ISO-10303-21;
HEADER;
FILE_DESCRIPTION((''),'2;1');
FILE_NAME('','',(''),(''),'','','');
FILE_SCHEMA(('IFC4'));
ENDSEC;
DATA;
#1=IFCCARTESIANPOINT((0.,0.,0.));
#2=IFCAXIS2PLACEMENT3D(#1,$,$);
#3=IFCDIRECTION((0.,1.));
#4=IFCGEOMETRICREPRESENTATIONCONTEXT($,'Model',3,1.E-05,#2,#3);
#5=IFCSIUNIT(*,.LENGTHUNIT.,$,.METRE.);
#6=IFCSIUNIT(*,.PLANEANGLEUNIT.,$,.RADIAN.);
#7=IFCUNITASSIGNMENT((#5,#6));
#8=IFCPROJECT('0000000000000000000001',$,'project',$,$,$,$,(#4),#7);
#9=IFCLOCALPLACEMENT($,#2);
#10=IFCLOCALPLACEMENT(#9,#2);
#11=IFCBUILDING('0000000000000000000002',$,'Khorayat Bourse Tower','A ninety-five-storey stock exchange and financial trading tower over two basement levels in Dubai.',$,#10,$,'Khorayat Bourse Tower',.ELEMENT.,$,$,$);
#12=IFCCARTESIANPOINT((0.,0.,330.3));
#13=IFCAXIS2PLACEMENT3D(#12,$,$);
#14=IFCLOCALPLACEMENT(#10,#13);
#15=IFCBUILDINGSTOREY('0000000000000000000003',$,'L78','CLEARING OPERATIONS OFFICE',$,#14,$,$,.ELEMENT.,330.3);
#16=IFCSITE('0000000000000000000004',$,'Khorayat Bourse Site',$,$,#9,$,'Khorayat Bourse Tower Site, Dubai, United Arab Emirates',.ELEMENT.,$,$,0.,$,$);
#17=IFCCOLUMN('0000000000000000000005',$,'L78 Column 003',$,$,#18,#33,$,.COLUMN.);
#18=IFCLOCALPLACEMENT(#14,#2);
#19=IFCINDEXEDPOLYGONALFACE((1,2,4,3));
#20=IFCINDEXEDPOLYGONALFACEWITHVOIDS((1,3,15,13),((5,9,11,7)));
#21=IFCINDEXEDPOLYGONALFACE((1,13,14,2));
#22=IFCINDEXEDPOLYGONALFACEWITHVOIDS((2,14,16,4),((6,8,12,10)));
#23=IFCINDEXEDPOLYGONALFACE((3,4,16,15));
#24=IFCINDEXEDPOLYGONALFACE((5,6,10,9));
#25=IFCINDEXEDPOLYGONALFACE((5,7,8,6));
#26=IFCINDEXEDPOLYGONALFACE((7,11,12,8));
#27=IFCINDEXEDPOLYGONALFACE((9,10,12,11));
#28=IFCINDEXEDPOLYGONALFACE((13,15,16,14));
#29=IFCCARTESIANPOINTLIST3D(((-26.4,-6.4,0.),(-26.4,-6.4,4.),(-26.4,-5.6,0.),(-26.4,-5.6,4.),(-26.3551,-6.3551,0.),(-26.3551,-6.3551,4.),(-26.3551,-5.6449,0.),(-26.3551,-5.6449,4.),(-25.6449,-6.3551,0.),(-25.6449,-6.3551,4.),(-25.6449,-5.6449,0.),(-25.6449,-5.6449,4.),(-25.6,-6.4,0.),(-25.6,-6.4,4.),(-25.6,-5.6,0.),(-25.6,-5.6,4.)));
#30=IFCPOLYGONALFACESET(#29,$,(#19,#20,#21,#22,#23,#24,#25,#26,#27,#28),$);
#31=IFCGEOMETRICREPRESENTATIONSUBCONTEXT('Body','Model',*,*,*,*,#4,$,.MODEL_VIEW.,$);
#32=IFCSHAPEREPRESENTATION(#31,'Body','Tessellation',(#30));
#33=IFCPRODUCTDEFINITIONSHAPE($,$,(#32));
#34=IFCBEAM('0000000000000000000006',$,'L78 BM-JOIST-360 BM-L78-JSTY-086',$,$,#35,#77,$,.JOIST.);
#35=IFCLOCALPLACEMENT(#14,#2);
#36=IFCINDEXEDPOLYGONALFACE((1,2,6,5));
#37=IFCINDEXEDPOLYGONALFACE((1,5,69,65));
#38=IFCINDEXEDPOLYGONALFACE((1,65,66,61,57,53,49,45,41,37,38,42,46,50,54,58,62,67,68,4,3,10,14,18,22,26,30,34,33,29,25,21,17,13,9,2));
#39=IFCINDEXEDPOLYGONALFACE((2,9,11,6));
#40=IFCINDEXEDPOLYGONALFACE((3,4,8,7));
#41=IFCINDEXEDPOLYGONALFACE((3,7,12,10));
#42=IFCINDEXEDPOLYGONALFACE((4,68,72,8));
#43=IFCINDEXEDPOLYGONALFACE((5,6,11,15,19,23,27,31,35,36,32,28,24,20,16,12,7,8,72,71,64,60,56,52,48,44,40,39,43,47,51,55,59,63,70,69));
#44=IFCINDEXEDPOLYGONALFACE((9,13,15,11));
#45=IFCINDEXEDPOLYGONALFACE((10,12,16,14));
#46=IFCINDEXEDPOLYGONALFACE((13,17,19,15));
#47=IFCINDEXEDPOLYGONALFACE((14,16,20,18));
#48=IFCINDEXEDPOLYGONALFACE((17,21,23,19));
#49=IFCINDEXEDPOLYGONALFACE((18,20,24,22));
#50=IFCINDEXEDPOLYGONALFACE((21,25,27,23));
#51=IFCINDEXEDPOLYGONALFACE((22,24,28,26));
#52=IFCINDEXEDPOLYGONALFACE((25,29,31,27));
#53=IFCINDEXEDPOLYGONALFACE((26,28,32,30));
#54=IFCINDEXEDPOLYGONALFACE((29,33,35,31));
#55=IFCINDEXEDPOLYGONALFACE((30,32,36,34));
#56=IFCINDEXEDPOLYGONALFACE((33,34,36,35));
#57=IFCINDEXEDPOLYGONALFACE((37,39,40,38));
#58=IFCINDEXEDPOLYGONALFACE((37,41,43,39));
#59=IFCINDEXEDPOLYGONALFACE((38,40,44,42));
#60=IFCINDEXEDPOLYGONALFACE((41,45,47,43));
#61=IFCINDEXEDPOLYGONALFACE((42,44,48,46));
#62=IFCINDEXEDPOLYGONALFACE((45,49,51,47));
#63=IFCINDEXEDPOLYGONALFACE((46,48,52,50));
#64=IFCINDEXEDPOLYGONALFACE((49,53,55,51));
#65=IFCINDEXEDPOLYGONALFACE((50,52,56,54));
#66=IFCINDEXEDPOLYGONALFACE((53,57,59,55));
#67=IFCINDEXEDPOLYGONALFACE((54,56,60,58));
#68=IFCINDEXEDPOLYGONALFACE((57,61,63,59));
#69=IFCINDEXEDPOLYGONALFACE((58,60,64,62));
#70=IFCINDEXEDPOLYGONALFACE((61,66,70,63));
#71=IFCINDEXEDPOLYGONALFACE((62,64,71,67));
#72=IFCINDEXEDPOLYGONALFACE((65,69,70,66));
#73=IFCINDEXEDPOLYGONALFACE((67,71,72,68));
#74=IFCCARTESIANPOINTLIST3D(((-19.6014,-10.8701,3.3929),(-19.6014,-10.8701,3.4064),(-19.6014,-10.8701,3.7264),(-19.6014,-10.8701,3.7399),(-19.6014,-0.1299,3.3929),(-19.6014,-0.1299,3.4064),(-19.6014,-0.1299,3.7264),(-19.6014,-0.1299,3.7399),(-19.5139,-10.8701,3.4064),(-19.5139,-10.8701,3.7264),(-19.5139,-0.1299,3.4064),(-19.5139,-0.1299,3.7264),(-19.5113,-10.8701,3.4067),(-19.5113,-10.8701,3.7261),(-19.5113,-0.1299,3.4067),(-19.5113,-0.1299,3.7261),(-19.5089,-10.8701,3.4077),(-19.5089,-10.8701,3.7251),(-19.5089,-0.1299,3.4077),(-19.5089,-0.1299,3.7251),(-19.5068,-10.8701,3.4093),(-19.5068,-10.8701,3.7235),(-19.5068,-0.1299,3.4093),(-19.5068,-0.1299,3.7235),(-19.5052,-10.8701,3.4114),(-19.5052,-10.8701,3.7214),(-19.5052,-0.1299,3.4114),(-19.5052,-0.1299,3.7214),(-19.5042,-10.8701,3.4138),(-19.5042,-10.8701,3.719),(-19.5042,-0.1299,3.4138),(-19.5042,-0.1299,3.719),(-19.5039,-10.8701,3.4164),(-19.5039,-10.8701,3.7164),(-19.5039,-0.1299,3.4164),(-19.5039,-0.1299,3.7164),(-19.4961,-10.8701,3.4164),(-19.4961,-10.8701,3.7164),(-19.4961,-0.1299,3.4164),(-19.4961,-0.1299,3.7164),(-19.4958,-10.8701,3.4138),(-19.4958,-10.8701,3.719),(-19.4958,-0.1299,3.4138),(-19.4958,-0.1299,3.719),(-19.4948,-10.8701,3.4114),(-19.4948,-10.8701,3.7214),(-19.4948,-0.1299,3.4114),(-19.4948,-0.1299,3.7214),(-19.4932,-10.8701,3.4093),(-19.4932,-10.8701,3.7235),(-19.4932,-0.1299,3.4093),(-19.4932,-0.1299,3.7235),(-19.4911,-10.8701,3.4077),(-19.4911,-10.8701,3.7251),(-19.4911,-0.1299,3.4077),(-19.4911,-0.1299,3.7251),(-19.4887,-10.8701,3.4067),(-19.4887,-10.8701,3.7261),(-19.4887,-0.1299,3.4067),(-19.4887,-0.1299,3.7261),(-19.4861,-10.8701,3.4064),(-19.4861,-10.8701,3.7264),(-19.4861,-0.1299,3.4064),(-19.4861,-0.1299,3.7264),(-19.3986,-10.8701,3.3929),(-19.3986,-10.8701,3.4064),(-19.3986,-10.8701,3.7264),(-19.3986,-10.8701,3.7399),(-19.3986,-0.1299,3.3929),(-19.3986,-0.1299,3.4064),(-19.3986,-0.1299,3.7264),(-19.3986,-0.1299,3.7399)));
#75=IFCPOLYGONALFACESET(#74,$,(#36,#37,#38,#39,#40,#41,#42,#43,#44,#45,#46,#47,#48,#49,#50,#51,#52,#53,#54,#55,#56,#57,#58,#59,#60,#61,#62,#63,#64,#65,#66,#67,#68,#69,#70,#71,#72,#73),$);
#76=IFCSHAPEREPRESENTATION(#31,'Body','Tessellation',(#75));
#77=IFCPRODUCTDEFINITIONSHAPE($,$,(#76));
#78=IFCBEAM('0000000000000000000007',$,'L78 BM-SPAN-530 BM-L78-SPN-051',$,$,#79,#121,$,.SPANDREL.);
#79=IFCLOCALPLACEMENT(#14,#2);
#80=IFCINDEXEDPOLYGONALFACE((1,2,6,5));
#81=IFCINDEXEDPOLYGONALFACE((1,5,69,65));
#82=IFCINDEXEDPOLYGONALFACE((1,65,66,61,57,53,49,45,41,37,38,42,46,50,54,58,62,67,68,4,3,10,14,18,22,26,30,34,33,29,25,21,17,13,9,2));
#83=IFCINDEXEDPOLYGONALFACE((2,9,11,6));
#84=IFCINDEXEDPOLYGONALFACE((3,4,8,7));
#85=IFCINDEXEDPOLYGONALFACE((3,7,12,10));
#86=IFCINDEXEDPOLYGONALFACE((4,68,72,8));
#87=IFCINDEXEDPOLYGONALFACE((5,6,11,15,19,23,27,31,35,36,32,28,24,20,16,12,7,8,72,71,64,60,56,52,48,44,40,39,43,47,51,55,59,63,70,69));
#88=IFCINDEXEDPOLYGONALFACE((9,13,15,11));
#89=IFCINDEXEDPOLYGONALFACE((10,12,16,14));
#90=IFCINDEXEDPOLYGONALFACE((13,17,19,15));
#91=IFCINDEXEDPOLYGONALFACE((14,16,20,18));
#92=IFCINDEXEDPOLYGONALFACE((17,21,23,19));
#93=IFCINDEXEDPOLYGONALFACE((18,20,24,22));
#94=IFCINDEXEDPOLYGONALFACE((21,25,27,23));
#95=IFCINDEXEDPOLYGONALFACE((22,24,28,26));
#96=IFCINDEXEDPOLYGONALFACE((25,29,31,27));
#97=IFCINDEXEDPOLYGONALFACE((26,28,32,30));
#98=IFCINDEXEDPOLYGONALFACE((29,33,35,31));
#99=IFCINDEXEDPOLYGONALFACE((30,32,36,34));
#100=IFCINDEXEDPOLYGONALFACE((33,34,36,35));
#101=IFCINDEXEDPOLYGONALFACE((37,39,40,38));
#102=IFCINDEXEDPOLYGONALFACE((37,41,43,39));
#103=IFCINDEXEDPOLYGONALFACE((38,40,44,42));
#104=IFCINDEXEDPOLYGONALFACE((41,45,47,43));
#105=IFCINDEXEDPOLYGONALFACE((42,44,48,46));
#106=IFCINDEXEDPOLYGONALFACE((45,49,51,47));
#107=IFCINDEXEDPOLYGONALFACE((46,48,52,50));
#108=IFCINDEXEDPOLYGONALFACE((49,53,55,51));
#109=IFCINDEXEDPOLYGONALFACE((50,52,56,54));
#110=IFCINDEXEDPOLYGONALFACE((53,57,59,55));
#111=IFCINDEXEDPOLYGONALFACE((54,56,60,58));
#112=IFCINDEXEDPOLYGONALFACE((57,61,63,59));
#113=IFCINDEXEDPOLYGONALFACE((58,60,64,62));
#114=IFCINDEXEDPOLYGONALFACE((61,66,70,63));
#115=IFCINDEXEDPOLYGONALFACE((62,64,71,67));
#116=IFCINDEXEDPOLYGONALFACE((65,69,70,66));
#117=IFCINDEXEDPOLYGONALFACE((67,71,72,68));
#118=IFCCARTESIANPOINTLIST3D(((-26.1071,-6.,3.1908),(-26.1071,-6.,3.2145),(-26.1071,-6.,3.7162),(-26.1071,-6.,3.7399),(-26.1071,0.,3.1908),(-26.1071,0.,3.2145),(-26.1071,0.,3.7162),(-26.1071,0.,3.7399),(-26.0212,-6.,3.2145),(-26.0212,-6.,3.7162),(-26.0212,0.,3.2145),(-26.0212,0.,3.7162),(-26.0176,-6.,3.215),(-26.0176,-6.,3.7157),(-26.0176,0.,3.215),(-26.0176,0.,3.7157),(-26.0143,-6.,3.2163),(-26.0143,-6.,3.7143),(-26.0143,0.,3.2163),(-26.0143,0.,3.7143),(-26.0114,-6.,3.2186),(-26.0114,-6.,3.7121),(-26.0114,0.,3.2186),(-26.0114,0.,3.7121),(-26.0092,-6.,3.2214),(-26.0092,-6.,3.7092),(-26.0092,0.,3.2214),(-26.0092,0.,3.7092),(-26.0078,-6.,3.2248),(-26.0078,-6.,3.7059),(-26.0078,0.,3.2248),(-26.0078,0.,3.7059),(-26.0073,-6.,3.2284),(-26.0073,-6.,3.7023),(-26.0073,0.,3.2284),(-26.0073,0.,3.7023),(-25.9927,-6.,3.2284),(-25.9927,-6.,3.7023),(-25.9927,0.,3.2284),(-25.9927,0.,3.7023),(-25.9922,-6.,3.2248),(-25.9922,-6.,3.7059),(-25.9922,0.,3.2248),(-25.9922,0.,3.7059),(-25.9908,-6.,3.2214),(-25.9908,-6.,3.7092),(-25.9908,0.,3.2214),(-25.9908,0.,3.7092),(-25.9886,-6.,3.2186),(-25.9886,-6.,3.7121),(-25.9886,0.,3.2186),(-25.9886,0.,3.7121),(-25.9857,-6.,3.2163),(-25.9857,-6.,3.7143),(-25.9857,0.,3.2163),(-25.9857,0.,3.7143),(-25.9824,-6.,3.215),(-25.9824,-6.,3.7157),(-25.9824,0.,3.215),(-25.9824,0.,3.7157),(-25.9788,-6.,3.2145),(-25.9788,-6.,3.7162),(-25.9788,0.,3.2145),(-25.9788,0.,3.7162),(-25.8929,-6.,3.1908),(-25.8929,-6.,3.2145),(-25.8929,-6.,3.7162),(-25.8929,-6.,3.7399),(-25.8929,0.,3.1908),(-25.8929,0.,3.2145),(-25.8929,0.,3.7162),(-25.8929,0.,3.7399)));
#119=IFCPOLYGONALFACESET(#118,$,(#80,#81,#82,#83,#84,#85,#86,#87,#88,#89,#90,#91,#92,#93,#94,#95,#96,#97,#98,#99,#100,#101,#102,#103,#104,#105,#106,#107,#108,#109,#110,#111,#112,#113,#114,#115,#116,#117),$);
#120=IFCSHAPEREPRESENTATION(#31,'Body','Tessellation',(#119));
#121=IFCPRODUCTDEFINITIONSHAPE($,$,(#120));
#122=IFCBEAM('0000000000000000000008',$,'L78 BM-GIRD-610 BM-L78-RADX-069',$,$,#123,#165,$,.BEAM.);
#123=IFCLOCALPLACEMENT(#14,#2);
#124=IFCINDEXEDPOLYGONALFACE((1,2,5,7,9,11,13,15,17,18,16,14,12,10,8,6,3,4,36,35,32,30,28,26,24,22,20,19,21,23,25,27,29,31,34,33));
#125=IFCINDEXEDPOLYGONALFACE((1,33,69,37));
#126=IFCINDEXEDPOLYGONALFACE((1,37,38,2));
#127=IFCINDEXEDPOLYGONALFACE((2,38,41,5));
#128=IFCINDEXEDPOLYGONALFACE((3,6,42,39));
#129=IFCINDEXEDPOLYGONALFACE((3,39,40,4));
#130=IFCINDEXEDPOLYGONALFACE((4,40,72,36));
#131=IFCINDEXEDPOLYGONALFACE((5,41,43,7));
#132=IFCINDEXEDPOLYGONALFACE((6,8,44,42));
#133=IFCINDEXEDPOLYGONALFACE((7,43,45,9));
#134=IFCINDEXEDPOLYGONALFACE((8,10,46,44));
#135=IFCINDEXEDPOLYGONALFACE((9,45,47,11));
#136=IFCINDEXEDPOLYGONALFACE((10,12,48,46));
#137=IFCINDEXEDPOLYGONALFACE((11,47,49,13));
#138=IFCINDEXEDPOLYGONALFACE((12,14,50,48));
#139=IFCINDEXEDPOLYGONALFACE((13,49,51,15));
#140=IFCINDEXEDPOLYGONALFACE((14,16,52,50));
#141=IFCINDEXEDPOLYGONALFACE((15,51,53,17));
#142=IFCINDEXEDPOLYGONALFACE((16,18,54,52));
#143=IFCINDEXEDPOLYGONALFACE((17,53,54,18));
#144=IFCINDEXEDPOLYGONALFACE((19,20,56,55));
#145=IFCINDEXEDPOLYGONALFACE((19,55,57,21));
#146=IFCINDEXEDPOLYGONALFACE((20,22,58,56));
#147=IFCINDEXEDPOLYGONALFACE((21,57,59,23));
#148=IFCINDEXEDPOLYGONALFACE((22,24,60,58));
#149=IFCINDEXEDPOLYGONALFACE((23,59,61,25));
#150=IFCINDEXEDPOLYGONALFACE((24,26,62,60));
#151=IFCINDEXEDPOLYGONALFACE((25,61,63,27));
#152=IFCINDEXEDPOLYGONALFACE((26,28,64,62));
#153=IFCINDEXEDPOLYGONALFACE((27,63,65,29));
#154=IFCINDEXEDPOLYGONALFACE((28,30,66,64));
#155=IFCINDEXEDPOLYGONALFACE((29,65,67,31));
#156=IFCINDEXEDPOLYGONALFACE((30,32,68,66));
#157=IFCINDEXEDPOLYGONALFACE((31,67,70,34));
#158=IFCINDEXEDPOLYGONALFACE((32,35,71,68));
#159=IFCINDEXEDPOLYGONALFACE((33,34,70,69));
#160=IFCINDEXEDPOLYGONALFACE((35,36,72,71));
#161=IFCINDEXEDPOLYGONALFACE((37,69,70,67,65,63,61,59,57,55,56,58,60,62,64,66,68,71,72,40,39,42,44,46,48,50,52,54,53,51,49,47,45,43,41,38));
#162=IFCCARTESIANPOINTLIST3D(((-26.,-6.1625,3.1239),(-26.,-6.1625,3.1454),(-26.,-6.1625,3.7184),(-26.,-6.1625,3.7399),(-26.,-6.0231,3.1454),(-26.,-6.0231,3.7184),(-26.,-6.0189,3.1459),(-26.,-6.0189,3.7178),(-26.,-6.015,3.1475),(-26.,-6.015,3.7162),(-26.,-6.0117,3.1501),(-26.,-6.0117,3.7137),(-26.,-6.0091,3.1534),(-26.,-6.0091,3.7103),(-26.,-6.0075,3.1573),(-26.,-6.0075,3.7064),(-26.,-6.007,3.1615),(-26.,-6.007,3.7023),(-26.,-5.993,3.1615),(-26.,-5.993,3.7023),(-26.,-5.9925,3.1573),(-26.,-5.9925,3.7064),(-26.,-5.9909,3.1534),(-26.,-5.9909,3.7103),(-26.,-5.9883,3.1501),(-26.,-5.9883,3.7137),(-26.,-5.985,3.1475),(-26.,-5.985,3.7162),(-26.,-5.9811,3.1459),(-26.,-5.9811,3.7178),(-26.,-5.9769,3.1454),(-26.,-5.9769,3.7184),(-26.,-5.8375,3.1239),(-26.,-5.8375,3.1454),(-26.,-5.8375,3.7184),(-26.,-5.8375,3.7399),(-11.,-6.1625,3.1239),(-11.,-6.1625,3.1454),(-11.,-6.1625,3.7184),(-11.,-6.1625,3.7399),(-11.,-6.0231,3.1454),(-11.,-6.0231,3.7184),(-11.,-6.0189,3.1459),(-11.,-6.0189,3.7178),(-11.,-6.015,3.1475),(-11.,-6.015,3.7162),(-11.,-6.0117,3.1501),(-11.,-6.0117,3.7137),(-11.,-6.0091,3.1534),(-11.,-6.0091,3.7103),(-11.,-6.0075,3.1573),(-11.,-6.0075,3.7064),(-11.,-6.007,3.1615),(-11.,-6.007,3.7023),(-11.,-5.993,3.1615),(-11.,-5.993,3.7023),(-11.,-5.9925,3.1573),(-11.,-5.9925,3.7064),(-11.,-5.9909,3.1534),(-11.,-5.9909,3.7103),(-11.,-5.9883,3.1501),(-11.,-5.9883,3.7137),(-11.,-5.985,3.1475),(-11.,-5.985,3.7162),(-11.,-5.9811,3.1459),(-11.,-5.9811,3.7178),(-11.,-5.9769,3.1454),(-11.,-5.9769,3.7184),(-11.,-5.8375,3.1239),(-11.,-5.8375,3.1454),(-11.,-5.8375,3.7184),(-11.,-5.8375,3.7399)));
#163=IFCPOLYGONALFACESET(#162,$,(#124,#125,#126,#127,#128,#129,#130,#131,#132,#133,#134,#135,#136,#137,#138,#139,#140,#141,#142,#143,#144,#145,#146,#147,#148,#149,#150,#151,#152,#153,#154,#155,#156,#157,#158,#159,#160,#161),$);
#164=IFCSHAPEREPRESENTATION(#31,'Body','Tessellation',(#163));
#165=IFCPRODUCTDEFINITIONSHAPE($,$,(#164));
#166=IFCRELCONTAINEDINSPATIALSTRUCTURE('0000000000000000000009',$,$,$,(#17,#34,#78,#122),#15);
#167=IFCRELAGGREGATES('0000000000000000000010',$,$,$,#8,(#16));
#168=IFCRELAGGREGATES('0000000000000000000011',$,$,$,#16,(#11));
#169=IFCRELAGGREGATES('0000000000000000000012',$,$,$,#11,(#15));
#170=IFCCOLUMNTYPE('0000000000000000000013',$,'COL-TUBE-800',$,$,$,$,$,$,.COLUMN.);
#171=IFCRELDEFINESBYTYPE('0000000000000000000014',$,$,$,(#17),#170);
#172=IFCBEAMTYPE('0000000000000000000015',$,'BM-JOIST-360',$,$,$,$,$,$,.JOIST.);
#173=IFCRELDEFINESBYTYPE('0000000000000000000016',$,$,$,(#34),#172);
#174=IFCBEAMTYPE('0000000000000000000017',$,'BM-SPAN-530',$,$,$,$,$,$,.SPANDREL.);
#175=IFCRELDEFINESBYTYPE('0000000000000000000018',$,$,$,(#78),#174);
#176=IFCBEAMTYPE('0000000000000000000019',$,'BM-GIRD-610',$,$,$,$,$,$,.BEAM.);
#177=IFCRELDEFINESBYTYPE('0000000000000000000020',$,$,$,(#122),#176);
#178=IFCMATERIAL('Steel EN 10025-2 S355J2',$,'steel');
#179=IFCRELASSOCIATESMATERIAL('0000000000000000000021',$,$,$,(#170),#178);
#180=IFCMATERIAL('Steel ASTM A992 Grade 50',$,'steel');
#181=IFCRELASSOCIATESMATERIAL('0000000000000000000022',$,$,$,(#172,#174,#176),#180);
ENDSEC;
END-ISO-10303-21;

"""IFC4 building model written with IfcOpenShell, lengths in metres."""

from ifc_helpers import new_model, si_unit, direction, frame, origin, origin_2d, place, context, subcontext, project, spatial, hollow_rectangle, i_section, extrude, source, transform, mapped, material, material_profile, profile_set, type_object, element, save


model = new_model("IFC4")

# Units and contexts
model_context = context("Model", 3, precision=1e-05, world=origin(), true_north=direction((0.0, 1.0)))
body_context = subcontext(model_context, "Body", "Model", "MODEL_VIEW")
ifc_project = project(units=[si_unit("LENGTHUNIT", "METRE"), si_unit("PLANEANGLEUNIT", "RADIAN")], contexts=[model_context])

# Site, building, storey
site_placement = place(None, origin())
site = spatial("IfcSite", under=ifc_project, at=site_placement, Name="Khorayat Bourse Site", LongName="Khorayat Bourse Tower Site, Dubai, United Arab Emirates", CompositionType="ELEMENT", RefElevation=0.0)
building_placement = place(site_placement, origin())
building = spatial("IfcBuilding", under=site, at=building_placement, Name="Khorayat Bourse Tower", Description="A ninety-five-storey stock exchange and financial trading tower over two basement levels in Dubai.", LongName="Khorayat Bourse Tower", CompositionType="ELEMENT")
storey_placement = place(building_placement, frame((0.0, 0.0, 330.3)))
storey = spatial("IfcBuildingStorey", under=building, at=storey_placement, Name="L78", Description="CLEARING OPERATIONS OFFICE", CompositionType="ELEMENT", Elevation=330.3)

# Column
ifc_material_1 = material(Name="Steel EN 10025-2 S355J2", Category="steel")
ifc_material_profile_1 = material_profile(ifc_material_1, hollow_rectangle(XDim=0.8, YDim=0.8, WallThickness=0.0449, at=origin_2d()), Name="BOX 800x800x45")
ifc_profile_set_1 = profile_set([ifc_material_profile_1], Name="Steel EN 10025-2 S355J2")
column_type = type_object("IfcColumnType", Name="COL-TUBE-800", PredefinedType="COLUMN", material=ifc_profile_set_1)
shared_shape_1 = source(origin(), body_context, "Body", "SweptSolid", [
    extrude(hollow_rectangle(XDim=0.8, YDim=0.8, WallThickness=0.0449, at=origin_2d()), origin(), (0.0, 0.0, 1.0), 4.0),
])
column_placement = place(storey_placement, frame((-26.0, -6.0, 0.0), z_axis=(0.0, 0.0, 1.0), x_axis=(1.0, 0.0, 0.0)))
element("IfcColumn", 1, at=column_placement, inside=storey, type_object=column_type, Name="L78 Column 003", PredefinedType="COLUMN", context=body_context, shape_type="MappedRepresentation", body=[
    mapped(shared_shape_1, transform((0.0, 0.0, 0.0), scale=1.0)),
])

# Beams
ifc_material_2 = material(Name="Steel ASTM A992 Grade 50", Category="steel")
ifc_material_profile_2 = material_profile(ifc_material_2, i_section(OverallWidth=0.2029, OverallDepth=0.3469, WebThickness=0.0078, FlangeThickness=0.0134, FilletRadius=0.01, at=origin_2d()), Name="W360X64")
ifc_profile_set_2 = profile_set([ifc_material_profile_2], Name="Steel ASTM A992 Grade 50")
beam_type_1 = type_object("IfcBeamType", Name="BM-JOIST-360", PredefinedType="JOIST", material=ifc_profile_set_2)
shared_shape_2 = source(origin(), body_context, "Body", "SweptSolid", [
    extrude(i_section(OverallWidth=0.2029, OverallDepth=0.3469, WebThickness=0.0078, FlangeThickness=0.0134, FilletRadius=0.01, at=origin_2d()), origin(), (0.0, 0.0, 1.0), 10.7402),
])
beam_1_placement = place(storey_placement, frame((-19.5, -10.8701, 3.5664), z_axis=(0.0, 1.0, 0.0), x_axis=(-1.0, 0.0, 0.0)))
element("IfcBeam", 2, at=beam_1_placement, inside=storey, type_object=beam_type_1, Name="L78 BM-JOIST-360 BM-L78-JSTY-086", PredefinedType="JOIST", context=body_context, shape_type="MappedRepresentation", body=[
    mapped(shared_shape_2, transform((0.0, 0.0, 0.0), scale=1.0)),
])
ifc_material_profile_3 = material_profile(ifc_material_2, i_section(OverallWidth=0.2141, OverallDepth=0.5491, WebThickness=0.0146, FlangeThickness=0.0237, FilletRadius=0.0139, at=origin_2d()), Name="W530X138")
ifc_profile_set_3 = profile_set([ifc_material_profile_3], Name="Steel ASTM A992 Grade 50")
beam_type_2 = type_object("IfcBeamType", Name="BM-SPAN-530", PredefinedType="SPANDREL", material=ifc_profile_set_3)
shared_shape_3 = source(origin(), body_context, "Body", "SweptSolid", [
    extrude(i_section(OverallWidth=0.2141, OverallDepth=0.5491, WebThickness=0.0146, FlangeThickness=0.0237, FilletRadius=0.0139, at=origin_2d()), origin(), (0.0, 0.0, 1.0), 6.0),
])
beam_2_placement = place(storey_placement, frame((-26.0, -6.0, 3.4653), z_axis=(0.0, 1.0, 0.0), x_axis=(-1.0, 0.0, 0.0)))
element("IfcBeam", 3, at=beam_2_placement, inside=storey, type_object=beam_type_2, Name="L78 BM-SPAN-530 BM-L78-SPN-051", PredefinedType="SPANDREL", context=body_context, shape_type="MappedRepresentation", body=[
    mapped(shared_shape_3, transform((0.0, 0.0, 0.0), scale=1.0)),
])
ifc_material_profile_4 = material_profile(ifc_material_2, i_section(OverallWidth=0.325, OverallDepth=0.616, WebThickness=0.0139, FlangeThickness=0.0215, FilletRadius=0.0161, at=origin_2d()), Name="W610X174")
ifc_profile_set_4 = profile_set([ifc_material_profile_4], Name="Steel ASTM A992 Grade 50")
beam_type_3 = type_object("IfcBeamType", Name="BM-GIRD-610", PredefinedType="BEAM", material=ifc_profile_set_4)
shared_shape_4 = source(origin(), body_context, "Body", "SweptSolid", [
    extrude(i_section(OverallWidth=0.325, OverallDepth=0.616, WebThickness=0.0139, FlangeThickness=0.0215, FilletRadius=0.0161, at=origin_2d()), origin(), (0.0, 0.0, 1.0), 15.0),
])
beam_3_placement = place(storey_placement, frame((-26.0, -6.0, 3.4319), z_axis=(1.0, 0.0, 0.0), x_axis=(0.0, 1.0, 0.0)))
element("IfcBeam", 4, at=beam_3_placement, inside=storey, type_object=beam_type_3, Name="L78 BM-GIRD-610 BM-L78-RADX-069", PredefinedType="BEAM", context=body_context, shape_type="MappedRepresentation", body=[
    mapped(shared_shape_4, transform((0.0, 0.0, 0.0), scale=1.0)),
])

save(model, "model.ifc")
